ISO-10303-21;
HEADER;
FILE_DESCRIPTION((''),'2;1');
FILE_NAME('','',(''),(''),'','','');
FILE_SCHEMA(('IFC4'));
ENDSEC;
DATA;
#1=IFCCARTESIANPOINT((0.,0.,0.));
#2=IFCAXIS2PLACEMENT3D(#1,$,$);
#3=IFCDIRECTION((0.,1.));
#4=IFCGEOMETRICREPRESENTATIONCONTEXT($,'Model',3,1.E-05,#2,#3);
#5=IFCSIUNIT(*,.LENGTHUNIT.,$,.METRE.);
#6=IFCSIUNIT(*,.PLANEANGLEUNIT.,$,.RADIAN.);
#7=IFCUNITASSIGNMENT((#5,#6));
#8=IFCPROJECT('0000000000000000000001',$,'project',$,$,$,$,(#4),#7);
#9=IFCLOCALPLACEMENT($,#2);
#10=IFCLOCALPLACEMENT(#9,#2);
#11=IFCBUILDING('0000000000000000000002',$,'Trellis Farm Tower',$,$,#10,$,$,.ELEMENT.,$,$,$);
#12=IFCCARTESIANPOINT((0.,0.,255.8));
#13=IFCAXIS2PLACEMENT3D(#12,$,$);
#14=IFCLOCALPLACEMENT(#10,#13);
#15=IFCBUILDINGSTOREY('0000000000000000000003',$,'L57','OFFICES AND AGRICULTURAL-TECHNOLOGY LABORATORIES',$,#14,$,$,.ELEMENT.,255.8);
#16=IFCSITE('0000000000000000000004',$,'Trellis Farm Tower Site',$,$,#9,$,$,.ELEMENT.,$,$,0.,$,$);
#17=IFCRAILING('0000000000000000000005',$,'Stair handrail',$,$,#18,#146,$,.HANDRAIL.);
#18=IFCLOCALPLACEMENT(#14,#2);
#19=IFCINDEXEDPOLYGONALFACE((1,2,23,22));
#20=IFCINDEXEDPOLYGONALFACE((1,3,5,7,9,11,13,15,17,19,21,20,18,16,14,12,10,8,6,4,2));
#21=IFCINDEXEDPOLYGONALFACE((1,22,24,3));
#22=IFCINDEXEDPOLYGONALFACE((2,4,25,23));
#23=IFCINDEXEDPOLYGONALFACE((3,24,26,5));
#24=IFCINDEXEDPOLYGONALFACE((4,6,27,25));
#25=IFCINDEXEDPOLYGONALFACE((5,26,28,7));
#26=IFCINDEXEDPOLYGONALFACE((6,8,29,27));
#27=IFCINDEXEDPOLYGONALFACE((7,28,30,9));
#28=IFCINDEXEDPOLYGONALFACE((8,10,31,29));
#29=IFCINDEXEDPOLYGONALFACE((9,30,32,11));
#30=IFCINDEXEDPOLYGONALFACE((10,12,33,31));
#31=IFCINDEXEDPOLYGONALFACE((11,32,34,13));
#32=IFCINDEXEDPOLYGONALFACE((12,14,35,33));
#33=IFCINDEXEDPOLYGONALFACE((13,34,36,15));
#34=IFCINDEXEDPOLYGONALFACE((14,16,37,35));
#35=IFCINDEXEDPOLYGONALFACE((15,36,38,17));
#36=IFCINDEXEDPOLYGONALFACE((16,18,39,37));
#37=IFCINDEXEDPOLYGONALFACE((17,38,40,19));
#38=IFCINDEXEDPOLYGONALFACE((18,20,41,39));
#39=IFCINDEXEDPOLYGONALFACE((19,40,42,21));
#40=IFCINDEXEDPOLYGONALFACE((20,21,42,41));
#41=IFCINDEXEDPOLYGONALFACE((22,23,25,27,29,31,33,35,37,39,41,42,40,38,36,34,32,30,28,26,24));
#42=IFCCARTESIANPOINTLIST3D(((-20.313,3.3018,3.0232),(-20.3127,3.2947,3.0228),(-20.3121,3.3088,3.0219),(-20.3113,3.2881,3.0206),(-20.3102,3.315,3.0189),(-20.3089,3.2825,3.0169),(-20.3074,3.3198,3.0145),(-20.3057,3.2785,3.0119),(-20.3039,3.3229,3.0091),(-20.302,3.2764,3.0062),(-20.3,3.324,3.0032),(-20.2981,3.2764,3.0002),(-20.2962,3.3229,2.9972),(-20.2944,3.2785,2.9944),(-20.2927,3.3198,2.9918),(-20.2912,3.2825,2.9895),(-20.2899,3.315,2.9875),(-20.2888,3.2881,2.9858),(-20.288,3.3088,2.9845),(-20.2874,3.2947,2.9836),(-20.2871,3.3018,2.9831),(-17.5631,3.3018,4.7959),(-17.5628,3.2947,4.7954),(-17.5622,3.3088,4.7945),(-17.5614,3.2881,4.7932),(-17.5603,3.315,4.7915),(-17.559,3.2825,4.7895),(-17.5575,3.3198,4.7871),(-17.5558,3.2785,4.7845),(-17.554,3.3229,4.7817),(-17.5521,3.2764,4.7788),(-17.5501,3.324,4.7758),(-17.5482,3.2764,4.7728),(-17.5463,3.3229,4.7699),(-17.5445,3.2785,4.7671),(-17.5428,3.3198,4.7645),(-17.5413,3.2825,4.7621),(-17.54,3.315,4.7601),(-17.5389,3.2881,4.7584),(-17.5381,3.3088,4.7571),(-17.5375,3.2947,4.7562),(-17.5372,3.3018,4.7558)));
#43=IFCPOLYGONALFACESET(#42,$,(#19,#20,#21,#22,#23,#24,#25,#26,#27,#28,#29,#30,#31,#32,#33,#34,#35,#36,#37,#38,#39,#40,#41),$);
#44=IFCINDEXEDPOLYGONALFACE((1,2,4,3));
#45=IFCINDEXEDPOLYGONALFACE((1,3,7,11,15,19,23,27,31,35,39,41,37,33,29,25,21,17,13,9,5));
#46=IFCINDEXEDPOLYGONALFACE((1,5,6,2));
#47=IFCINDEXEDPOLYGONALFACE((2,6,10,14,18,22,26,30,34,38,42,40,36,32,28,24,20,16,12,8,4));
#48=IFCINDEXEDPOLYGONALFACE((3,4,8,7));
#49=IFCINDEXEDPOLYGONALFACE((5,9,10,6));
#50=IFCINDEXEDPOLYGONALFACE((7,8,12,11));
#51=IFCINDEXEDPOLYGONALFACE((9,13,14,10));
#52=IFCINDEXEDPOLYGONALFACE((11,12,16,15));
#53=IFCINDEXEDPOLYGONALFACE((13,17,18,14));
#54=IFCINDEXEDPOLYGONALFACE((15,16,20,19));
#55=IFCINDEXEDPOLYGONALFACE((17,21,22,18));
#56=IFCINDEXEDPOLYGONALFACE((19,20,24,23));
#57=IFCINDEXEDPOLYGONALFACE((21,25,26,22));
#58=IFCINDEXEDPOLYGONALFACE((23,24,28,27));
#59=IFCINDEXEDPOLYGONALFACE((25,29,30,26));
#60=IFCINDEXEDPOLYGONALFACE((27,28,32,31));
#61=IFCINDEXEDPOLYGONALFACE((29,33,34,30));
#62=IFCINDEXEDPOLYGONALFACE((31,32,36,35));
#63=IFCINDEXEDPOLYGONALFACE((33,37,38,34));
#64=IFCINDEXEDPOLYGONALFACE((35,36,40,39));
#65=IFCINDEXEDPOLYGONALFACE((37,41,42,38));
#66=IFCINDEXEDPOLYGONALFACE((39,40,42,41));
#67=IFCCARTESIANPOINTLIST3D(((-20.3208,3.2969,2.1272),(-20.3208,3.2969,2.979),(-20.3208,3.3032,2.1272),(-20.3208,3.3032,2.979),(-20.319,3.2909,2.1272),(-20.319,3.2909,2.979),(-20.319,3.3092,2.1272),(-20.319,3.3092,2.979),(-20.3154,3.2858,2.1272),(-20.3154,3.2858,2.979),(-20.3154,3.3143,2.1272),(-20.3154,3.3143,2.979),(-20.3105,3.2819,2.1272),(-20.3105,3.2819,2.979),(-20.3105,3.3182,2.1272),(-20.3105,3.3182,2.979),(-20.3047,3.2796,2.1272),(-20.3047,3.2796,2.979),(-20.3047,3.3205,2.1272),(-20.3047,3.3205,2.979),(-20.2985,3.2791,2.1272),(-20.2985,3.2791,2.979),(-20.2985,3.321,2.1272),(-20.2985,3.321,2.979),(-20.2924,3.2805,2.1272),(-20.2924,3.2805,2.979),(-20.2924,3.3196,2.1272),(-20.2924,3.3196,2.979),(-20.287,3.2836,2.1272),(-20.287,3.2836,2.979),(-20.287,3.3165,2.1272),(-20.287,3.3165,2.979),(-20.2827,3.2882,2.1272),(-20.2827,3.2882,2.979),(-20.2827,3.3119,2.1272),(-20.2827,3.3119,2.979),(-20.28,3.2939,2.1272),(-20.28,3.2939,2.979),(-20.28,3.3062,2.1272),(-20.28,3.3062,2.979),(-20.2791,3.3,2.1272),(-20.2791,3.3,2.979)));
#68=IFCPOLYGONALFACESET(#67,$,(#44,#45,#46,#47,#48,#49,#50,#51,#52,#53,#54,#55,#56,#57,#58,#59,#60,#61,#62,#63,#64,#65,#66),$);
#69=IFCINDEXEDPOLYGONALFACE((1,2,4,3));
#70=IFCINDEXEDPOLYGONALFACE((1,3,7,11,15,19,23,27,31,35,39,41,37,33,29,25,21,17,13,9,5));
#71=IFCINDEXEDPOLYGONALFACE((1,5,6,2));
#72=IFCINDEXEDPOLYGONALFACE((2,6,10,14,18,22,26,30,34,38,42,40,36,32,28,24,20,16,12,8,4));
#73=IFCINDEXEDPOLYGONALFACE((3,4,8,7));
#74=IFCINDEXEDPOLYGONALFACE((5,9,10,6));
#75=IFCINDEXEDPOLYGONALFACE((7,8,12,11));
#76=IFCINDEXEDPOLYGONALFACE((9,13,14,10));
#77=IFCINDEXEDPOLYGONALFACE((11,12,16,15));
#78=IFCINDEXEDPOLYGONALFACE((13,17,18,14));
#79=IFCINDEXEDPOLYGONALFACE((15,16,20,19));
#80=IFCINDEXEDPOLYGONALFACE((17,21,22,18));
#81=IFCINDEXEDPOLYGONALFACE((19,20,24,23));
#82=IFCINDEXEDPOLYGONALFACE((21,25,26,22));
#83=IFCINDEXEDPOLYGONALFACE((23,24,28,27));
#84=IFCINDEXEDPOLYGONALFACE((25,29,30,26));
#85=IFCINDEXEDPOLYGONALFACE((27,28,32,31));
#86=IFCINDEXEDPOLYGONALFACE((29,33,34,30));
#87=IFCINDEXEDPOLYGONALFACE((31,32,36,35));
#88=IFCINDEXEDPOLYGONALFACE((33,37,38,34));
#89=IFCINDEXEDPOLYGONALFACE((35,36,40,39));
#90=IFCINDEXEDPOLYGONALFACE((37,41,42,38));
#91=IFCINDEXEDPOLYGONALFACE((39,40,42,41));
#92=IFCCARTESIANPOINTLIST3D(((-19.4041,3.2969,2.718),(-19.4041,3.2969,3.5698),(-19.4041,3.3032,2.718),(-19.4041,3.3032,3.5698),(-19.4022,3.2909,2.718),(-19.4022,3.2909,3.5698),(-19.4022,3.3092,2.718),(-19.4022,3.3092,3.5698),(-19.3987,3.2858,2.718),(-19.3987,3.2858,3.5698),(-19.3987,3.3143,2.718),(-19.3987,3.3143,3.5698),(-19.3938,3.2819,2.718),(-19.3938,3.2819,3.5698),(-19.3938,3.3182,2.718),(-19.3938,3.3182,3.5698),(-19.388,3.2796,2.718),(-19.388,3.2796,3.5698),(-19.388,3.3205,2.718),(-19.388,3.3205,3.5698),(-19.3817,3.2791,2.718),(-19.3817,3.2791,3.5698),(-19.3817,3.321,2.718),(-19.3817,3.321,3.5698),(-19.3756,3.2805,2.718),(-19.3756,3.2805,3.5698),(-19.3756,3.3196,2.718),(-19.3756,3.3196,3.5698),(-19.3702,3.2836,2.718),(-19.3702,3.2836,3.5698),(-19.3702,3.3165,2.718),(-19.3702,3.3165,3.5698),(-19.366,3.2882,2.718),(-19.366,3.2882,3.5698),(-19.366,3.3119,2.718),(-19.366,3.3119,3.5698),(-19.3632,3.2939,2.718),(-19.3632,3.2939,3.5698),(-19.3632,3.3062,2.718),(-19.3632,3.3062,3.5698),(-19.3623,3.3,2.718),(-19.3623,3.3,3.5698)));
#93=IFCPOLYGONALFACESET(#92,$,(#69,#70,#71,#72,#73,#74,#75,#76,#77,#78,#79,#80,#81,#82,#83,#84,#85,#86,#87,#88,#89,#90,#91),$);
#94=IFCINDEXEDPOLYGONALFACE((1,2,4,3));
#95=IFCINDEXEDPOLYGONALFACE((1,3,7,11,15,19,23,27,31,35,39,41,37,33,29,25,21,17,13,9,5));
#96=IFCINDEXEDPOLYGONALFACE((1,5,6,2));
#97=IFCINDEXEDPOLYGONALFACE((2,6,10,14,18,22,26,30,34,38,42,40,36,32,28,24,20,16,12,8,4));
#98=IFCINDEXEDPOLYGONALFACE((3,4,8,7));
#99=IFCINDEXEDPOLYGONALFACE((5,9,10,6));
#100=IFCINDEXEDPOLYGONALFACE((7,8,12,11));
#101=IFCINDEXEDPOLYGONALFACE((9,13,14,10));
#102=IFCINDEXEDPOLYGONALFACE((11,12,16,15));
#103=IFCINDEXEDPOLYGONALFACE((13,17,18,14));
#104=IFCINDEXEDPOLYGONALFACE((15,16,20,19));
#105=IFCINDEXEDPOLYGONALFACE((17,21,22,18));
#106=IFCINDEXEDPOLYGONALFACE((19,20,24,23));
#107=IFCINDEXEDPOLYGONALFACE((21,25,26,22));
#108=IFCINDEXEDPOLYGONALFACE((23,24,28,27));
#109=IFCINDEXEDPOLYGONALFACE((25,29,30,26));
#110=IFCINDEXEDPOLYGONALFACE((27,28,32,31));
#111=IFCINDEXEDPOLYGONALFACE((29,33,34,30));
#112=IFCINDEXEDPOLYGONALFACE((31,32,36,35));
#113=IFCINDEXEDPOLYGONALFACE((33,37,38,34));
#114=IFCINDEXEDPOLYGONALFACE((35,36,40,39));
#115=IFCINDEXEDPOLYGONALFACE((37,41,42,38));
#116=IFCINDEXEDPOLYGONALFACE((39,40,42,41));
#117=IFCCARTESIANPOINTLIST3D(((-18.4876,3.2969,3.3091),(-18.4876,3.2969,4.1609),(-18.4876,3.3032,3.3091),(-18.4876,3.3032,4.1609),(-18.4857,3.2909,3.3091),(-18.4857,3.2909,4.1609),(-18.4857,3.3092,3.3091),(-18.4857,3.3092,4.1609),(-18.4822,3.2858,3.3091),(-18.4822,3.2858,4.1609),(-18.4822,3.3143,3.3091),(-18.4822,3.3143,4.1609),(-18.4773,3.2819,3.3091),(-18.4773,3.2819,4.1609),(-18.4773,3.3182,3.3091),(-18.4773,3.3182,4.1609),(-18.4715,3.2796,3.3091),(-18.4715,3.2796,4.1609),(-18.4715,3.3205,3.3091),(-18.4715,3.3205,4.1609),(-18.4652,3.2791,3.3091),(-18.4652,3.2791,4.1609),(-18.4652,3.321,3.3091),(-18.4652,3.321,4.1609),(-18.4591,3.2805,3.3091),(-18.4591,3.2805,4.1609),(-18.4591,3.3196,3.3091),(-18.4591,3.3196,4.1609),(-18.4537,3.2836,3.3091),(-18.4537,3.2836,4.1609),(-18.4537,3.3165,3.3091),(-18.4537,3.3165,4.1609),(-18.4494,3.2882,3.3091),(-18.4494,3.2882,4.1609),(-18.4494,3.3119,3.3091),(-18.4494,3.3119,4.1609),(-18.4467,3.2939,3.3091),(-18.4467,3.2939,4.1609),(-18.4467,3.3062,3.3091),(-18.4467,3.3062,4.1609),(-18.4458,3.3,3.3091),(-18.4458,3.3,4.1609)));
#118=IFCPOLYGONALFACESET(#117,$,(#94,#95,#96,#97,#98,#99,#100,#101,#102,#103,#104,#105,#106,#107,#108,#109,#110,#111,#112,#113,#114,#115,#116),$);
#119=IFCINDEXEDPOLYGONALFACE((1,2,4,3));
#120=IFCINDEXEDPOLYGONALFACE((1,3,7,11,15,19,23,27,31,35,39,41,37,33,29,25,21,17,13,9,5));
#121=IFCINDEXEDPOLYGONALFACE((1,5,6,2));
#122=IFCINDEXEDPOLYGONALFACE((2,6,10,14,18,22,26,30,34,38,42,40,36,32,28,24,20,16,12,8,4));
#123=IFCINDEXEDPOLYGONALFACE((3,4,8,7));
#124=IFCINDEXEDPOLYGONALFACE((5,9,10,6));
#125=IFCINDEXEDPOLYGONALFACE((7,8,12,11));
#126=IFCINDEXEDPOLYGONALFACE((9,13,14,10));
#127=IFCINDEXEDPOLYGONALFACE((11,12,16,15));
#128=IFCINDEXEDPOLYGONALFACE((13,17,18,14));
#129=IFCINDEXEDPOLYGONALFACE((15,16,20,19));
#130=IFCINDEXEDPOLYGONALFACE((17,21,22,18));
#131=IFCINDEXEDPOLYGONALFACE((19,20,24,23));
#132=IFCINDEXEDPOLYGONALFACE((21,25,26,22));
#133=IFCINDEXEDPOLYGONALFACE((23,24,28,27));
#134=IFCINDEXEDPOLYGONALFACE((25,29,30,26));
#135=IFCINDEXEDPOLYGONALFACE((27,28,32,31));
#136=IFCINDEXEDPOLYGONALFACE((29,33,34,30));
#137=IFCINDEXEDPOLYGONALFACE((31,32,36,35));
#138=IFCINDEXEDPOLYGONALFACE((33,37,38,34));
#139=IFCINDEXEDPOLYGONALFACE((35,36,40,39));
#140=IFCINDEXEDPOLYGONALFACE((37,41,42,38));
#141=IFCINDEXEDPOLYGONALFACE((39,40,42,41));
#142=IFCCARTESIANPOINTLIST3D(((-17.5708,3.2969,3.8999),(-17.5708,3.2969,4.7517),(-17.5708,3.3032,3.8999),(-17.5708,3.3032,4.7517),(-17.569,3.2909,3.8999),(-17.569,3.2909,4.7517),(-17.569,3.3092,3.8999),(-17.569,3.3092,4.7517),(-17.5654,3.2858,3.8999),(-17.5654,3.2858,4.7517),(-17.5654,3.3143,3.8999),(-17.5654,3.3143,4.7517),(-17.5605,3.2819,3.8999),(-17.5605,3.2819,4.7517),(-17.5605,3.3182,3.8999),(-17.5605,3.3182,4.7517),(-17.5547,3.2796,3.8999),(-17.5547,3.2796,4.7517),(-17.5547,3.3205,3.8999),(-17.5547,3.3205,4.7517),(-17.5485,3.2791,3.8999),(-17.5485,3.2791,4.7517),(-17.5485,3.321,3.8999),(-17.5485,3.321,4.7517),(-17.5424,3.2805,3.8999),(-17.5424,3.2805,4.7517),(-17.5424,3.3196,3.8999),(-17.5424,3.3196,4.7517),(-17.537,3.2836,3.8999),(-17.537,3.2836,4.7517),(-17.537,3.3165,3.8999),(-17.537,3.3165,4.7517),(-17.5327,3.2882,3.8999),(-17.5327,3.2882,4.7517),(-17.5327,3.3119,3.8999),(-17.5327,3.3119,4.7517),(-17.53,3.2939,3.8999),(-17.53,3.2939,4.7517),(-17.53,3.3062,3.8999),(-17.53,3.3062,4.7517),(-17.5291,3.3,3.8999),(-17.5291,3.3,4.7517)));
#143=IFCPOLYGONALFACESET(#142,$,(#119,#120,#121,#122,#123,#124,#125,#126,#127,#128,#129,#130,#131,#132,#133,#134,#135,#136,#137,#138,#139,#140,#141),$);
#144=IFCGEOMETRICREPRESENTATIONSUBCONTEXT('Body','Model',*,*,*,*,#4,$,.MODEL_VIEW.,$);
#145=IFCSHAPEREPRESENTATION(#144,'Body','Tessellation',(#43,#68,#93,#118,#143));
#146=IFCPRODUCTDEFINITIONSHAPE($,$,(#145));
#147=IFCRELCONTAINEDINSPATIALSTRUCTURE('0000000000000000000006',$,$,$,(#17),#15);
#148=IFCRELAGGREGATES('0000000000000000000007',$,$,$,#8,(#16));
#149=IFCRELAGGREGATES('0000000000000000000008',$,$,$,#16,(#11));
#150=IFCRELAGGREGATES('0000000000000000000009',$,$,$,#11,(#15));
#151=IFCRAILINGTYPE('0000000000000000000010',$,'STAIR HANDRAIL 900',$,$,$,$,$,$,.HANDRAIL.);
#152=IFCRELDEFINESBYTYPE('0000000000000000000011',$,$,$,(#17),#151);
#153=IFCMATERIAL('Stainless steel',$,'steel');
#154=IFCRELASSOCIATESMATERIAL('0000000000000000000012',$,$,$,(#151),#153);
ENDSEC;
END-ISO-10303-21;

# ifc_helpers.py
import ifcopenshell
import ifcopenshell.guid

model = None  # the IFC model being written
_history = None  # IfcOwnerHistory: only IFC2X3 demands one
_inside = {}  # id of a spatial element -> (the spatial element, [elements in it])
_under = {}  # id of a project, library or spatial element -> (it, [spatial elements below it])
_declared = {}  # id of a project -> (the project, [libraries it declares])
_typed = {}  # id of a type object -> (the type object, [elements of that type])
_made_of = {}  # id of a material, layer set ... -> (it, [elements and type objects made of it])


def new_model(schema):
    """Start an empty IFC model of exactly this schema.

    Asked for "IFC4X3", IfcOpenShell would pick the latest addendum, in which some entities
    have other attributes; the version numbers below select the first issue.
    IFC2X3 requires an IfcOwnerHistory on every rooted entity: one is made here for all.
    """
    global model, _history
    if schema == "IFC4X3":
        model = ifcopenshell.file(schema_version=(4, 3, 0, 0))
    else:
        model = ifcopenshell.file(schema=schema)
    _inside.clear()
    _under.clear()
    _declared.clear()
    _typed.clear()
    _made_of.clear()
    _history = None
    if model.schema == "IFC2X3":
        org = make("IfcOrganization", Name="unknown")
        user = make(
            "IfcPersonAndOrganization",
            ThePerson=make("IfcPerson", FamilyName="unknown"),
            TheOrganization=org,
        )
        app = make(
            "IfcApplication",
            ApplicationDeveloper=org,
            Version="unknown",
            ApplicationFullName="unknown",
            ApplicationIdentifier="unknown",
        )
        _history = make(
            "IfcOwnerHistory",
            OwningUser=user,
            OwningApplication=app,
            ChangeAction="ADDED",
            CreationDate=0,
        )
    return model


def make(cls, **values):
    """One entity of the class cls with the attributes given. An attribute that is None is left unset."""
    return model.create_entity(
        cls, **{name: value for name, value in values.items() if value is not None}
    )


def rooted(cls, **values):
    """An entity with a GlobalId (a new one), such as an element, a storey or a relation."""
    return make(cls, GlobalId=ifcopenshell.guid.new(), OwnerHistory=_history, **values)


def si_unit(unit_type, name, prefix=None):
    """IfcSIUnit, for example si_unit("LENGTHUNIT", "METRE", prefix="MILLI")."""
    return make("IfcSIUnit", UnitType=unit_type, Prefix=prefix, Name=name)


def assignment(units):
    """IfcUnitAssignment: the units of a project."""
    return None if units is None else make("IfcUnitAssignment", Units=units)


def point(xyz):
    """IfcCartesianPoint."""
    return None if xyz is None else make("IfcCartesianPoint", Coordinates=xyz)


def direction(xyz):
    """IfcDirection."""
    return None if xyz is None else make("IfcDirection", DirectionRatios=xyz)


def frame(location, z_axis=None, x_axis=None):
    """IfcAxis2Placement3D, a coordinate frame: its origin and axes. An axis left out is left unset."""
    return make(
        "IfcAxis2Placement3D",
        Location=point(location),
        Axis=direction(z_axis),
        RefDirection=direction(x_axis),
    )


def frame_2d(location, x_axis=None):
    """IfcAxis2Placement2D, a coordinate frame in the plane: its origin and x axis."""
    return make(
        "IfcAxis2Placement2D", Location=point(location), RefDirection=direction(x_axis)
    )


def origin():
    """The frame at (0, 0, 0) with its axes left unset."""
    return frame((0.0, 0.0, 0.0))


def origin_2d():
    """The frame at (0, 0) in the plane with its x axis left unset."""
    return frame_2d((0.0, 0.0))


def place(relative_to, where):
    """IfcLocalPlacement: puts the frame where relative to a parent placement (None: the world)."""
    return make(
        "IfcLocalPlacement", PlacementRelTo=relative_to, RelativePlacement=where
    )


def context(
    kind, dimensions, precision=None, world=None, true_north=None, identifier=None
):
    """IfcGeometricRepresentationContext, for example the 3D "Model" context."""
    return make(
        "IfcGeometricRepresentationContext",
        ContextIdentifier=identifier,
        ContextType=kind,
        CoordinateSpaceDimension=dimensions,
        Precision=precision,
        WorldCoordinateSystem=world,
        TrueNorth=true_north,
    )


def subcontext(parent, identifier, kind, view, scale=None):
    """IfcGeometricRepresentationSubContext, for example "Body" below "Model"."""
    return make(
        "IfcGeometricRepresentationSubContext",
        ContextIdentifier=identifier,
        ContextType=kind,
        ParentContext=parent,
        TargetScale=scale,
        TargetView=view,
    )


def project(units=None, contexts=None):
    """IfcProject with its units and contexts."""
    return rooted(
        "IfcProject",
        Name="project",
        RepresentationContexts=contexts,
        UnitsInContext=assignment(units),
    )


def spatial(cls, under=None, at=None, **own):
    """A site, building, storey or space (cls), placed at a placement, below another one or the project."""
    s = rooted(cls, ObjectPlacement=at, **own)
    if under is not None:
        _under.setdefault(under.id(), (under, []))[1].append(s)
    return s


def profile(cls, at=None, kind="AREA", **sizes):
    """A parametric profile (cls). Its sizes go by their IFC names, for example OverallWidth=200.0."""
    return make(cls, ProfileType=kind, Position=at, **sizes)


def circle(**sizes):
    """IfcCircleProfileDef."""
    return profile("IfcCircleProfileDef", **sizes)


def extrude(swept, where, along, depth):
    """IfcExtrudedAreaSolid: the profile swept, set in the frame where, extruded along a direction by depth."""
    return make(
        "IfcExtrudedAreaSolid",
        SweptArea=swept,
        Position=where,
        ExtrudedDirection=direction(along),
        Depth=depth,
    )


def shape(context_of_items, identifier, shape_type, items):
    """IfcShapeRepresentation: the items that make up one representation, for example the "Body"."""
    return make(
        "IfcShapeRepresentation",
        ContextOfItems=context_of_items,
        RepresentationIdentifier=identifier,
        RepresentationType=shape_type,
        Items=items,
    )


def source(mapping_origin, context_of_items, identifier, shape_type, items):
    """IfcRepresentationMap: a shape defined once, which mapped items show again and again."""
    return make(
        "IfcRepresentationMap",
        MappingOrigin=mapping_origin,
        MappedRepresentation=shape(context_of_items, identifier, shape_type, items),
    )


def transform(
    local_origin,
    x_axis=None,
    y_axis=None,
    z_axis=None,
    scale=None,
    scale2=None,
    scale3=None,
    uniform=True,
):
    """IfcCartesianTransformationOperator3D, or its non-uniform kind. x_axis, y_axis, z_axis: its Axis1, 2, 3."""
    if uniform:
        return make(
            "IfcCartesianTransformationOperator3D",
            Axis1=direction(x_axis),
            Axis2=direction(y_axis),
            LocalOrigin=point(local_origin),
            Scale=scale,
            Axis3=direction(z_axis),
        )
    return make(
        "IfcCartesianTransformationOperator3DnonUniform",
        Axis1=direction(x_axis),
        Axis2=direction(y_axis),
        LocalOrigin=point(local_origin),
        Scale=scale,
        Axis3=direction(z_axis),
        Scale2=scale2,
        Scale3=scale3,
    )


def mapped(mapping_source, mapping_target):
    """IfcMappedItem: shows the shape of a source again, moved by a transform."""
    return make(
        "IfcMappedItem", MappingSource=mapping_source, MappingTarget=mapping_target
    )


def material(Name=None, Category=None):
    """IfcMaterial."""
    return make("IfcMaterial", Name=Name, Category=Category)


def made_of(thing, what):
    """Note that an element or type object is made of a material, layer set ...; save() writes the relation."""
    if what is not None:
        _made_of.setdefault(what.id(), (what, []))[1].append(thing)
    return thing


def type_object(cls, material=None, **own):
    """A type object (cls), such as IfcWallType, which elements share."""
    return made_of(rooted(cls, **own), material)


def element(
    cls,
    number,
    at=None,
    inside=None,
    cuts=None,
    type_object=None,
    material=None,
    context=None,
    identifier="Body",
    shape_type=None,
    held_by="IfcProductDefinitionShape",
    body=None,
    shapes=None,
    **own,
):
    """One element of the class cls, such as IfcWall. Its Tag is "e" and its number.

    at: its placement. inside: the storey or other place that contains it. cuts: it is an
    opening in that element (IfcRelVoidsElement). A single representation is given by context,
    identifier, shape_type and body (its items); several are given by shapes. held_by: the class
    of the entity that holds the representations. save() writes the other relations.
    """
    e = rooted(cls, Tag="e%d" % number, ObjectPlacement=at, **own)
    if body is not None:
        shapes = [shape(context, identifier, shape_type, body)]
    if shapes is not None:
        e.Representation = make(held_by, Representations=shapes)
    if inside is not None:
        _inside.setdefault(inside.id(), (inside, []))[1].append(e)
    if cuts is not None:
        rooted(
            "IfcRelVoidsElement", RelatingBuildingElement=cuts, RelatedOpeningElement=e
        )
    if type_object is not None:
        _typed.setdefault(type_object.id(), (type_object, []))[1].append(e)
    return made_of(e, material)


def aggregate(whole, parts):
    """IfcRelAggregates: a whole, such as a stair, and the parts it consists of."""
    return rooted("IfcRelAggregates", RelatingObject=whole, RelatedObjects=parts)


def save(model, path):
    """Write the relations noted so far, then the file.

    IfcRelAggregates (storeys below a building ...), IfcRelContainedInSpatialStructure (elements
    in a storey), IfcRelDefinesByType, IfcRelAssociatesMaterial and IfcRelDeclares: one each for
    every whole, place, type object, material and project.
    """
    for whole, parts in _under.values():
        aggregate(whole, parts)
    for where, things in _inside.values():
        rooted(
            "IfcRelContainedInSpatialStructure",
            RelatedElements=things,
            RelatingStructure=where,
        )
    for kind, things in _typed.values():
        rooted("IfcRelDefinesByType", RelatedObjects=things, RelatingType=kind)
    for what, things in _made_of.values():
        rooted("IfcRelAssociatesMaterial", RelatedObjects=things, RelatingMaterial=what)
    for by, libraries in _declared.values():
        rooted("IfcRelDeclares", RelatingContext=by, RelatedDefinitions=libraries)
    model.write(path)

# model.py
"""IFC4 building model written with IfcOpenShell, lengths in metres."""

from ifc_helpers import new_model, si_unit, direction, frame, origin, origin_2d, place, context, subcontext, project, spatial, circle, extrude, source, transform, mapped, material, type_object, element, save


model = new_model("IFC4")

# Units and contexts
model_context = context("Model", 3, precision=1e-05, world=origin(), true_north=direction((0.0, 1.0)))
body_context = subcontext(model_context, "Body", "Model", "MODEL_VIEW")
ifc_project = project(units=[si_unit("LENGTHUNIT", "METRE"), si_unit("PLANEANGLEUNIT", "RADIAN")], contexts=[model_context])

# Site, building, storey
site_placement = place(None, origin())
site = spatial("IfcSite", under=ifc_project, at=site_placement, Name="Trellis Farm Tower Site", CompositionType="ELEMENT", RefElevation=0.0)
building_placement = place(site_placement, origin())
building = spatial("IfcBuilding", under=site, at=building_placement, Name="Trellis Farm Tower", CompositionType="ELEMENT")
storey_placement = place(building_placement, frame((0.0, 0.0, 255.8)))
storey = spatial("IfcBuildingStorey", under=building, at=storey_placement, Name="L57", Description="OFFICES AND AGRICULTURAL-TECHNOLOGY LABORATORIES", CompositionType="ELEMENT", Elevation=255.8)

# Railing
ifc_material_1 = material(Name="Stainless steel", Category="steel")
railing_type = type_object("IfcRailingType", Name="STAIR HANDRAIL 900", PredefinedType="HANDRAIL", material=ifc_material_1)
shared_shape_1 = source(origin(), body_context, "Body", "SweptSolid", [
    extrude(circle(Radius=0.0239, at=origin_2d()), frame((0.0, 0.0, 0.876), z_axis=(0.840504, 0.0, 0.541806), x_axis=(0.0, 1.0, 0.0)), (0.0, 0.0, 1.0), 3.2717),
    extrude(circle(Radius=0.021, at=origin_2d()), origin(), (0.0, 0.0, 1.0), 0.8518),
    extrude(circle(Radius=0.021, at=origin_2d()), frame((0.9167, 0.0, 0.5908)), (0.0, 0.0, 1.0), 0.8518),
    extrude(circle(Radius=0.021, at=origin_2d()), frame((1.8333, 0.0, 1.1819)), (0.0, 0.0, 1.0), 0.8518),
    extrude(circle(Radius=0.021, at=origin_2d()), frame((2.75, 0.0, 1.7727)), (0.0, 0.0, 1.0), 0.8518),
])
for number, where, name in (
    (1, (-20.3, 3.3, 2.1272), "Stair handrail"),
):
    element("IfcRailing", number, at=place(storey_placement, frame(where)), inside=storey, type_object=railing_type, Name=name, PredefinedType="HANDRAIL", context=body_context, shape_type="MappedRepresentation", body=[
        mapped(shared_shape_1, transform((0.0, 0.0, 0.0))),
    ])

save(model, "model.ifc")
